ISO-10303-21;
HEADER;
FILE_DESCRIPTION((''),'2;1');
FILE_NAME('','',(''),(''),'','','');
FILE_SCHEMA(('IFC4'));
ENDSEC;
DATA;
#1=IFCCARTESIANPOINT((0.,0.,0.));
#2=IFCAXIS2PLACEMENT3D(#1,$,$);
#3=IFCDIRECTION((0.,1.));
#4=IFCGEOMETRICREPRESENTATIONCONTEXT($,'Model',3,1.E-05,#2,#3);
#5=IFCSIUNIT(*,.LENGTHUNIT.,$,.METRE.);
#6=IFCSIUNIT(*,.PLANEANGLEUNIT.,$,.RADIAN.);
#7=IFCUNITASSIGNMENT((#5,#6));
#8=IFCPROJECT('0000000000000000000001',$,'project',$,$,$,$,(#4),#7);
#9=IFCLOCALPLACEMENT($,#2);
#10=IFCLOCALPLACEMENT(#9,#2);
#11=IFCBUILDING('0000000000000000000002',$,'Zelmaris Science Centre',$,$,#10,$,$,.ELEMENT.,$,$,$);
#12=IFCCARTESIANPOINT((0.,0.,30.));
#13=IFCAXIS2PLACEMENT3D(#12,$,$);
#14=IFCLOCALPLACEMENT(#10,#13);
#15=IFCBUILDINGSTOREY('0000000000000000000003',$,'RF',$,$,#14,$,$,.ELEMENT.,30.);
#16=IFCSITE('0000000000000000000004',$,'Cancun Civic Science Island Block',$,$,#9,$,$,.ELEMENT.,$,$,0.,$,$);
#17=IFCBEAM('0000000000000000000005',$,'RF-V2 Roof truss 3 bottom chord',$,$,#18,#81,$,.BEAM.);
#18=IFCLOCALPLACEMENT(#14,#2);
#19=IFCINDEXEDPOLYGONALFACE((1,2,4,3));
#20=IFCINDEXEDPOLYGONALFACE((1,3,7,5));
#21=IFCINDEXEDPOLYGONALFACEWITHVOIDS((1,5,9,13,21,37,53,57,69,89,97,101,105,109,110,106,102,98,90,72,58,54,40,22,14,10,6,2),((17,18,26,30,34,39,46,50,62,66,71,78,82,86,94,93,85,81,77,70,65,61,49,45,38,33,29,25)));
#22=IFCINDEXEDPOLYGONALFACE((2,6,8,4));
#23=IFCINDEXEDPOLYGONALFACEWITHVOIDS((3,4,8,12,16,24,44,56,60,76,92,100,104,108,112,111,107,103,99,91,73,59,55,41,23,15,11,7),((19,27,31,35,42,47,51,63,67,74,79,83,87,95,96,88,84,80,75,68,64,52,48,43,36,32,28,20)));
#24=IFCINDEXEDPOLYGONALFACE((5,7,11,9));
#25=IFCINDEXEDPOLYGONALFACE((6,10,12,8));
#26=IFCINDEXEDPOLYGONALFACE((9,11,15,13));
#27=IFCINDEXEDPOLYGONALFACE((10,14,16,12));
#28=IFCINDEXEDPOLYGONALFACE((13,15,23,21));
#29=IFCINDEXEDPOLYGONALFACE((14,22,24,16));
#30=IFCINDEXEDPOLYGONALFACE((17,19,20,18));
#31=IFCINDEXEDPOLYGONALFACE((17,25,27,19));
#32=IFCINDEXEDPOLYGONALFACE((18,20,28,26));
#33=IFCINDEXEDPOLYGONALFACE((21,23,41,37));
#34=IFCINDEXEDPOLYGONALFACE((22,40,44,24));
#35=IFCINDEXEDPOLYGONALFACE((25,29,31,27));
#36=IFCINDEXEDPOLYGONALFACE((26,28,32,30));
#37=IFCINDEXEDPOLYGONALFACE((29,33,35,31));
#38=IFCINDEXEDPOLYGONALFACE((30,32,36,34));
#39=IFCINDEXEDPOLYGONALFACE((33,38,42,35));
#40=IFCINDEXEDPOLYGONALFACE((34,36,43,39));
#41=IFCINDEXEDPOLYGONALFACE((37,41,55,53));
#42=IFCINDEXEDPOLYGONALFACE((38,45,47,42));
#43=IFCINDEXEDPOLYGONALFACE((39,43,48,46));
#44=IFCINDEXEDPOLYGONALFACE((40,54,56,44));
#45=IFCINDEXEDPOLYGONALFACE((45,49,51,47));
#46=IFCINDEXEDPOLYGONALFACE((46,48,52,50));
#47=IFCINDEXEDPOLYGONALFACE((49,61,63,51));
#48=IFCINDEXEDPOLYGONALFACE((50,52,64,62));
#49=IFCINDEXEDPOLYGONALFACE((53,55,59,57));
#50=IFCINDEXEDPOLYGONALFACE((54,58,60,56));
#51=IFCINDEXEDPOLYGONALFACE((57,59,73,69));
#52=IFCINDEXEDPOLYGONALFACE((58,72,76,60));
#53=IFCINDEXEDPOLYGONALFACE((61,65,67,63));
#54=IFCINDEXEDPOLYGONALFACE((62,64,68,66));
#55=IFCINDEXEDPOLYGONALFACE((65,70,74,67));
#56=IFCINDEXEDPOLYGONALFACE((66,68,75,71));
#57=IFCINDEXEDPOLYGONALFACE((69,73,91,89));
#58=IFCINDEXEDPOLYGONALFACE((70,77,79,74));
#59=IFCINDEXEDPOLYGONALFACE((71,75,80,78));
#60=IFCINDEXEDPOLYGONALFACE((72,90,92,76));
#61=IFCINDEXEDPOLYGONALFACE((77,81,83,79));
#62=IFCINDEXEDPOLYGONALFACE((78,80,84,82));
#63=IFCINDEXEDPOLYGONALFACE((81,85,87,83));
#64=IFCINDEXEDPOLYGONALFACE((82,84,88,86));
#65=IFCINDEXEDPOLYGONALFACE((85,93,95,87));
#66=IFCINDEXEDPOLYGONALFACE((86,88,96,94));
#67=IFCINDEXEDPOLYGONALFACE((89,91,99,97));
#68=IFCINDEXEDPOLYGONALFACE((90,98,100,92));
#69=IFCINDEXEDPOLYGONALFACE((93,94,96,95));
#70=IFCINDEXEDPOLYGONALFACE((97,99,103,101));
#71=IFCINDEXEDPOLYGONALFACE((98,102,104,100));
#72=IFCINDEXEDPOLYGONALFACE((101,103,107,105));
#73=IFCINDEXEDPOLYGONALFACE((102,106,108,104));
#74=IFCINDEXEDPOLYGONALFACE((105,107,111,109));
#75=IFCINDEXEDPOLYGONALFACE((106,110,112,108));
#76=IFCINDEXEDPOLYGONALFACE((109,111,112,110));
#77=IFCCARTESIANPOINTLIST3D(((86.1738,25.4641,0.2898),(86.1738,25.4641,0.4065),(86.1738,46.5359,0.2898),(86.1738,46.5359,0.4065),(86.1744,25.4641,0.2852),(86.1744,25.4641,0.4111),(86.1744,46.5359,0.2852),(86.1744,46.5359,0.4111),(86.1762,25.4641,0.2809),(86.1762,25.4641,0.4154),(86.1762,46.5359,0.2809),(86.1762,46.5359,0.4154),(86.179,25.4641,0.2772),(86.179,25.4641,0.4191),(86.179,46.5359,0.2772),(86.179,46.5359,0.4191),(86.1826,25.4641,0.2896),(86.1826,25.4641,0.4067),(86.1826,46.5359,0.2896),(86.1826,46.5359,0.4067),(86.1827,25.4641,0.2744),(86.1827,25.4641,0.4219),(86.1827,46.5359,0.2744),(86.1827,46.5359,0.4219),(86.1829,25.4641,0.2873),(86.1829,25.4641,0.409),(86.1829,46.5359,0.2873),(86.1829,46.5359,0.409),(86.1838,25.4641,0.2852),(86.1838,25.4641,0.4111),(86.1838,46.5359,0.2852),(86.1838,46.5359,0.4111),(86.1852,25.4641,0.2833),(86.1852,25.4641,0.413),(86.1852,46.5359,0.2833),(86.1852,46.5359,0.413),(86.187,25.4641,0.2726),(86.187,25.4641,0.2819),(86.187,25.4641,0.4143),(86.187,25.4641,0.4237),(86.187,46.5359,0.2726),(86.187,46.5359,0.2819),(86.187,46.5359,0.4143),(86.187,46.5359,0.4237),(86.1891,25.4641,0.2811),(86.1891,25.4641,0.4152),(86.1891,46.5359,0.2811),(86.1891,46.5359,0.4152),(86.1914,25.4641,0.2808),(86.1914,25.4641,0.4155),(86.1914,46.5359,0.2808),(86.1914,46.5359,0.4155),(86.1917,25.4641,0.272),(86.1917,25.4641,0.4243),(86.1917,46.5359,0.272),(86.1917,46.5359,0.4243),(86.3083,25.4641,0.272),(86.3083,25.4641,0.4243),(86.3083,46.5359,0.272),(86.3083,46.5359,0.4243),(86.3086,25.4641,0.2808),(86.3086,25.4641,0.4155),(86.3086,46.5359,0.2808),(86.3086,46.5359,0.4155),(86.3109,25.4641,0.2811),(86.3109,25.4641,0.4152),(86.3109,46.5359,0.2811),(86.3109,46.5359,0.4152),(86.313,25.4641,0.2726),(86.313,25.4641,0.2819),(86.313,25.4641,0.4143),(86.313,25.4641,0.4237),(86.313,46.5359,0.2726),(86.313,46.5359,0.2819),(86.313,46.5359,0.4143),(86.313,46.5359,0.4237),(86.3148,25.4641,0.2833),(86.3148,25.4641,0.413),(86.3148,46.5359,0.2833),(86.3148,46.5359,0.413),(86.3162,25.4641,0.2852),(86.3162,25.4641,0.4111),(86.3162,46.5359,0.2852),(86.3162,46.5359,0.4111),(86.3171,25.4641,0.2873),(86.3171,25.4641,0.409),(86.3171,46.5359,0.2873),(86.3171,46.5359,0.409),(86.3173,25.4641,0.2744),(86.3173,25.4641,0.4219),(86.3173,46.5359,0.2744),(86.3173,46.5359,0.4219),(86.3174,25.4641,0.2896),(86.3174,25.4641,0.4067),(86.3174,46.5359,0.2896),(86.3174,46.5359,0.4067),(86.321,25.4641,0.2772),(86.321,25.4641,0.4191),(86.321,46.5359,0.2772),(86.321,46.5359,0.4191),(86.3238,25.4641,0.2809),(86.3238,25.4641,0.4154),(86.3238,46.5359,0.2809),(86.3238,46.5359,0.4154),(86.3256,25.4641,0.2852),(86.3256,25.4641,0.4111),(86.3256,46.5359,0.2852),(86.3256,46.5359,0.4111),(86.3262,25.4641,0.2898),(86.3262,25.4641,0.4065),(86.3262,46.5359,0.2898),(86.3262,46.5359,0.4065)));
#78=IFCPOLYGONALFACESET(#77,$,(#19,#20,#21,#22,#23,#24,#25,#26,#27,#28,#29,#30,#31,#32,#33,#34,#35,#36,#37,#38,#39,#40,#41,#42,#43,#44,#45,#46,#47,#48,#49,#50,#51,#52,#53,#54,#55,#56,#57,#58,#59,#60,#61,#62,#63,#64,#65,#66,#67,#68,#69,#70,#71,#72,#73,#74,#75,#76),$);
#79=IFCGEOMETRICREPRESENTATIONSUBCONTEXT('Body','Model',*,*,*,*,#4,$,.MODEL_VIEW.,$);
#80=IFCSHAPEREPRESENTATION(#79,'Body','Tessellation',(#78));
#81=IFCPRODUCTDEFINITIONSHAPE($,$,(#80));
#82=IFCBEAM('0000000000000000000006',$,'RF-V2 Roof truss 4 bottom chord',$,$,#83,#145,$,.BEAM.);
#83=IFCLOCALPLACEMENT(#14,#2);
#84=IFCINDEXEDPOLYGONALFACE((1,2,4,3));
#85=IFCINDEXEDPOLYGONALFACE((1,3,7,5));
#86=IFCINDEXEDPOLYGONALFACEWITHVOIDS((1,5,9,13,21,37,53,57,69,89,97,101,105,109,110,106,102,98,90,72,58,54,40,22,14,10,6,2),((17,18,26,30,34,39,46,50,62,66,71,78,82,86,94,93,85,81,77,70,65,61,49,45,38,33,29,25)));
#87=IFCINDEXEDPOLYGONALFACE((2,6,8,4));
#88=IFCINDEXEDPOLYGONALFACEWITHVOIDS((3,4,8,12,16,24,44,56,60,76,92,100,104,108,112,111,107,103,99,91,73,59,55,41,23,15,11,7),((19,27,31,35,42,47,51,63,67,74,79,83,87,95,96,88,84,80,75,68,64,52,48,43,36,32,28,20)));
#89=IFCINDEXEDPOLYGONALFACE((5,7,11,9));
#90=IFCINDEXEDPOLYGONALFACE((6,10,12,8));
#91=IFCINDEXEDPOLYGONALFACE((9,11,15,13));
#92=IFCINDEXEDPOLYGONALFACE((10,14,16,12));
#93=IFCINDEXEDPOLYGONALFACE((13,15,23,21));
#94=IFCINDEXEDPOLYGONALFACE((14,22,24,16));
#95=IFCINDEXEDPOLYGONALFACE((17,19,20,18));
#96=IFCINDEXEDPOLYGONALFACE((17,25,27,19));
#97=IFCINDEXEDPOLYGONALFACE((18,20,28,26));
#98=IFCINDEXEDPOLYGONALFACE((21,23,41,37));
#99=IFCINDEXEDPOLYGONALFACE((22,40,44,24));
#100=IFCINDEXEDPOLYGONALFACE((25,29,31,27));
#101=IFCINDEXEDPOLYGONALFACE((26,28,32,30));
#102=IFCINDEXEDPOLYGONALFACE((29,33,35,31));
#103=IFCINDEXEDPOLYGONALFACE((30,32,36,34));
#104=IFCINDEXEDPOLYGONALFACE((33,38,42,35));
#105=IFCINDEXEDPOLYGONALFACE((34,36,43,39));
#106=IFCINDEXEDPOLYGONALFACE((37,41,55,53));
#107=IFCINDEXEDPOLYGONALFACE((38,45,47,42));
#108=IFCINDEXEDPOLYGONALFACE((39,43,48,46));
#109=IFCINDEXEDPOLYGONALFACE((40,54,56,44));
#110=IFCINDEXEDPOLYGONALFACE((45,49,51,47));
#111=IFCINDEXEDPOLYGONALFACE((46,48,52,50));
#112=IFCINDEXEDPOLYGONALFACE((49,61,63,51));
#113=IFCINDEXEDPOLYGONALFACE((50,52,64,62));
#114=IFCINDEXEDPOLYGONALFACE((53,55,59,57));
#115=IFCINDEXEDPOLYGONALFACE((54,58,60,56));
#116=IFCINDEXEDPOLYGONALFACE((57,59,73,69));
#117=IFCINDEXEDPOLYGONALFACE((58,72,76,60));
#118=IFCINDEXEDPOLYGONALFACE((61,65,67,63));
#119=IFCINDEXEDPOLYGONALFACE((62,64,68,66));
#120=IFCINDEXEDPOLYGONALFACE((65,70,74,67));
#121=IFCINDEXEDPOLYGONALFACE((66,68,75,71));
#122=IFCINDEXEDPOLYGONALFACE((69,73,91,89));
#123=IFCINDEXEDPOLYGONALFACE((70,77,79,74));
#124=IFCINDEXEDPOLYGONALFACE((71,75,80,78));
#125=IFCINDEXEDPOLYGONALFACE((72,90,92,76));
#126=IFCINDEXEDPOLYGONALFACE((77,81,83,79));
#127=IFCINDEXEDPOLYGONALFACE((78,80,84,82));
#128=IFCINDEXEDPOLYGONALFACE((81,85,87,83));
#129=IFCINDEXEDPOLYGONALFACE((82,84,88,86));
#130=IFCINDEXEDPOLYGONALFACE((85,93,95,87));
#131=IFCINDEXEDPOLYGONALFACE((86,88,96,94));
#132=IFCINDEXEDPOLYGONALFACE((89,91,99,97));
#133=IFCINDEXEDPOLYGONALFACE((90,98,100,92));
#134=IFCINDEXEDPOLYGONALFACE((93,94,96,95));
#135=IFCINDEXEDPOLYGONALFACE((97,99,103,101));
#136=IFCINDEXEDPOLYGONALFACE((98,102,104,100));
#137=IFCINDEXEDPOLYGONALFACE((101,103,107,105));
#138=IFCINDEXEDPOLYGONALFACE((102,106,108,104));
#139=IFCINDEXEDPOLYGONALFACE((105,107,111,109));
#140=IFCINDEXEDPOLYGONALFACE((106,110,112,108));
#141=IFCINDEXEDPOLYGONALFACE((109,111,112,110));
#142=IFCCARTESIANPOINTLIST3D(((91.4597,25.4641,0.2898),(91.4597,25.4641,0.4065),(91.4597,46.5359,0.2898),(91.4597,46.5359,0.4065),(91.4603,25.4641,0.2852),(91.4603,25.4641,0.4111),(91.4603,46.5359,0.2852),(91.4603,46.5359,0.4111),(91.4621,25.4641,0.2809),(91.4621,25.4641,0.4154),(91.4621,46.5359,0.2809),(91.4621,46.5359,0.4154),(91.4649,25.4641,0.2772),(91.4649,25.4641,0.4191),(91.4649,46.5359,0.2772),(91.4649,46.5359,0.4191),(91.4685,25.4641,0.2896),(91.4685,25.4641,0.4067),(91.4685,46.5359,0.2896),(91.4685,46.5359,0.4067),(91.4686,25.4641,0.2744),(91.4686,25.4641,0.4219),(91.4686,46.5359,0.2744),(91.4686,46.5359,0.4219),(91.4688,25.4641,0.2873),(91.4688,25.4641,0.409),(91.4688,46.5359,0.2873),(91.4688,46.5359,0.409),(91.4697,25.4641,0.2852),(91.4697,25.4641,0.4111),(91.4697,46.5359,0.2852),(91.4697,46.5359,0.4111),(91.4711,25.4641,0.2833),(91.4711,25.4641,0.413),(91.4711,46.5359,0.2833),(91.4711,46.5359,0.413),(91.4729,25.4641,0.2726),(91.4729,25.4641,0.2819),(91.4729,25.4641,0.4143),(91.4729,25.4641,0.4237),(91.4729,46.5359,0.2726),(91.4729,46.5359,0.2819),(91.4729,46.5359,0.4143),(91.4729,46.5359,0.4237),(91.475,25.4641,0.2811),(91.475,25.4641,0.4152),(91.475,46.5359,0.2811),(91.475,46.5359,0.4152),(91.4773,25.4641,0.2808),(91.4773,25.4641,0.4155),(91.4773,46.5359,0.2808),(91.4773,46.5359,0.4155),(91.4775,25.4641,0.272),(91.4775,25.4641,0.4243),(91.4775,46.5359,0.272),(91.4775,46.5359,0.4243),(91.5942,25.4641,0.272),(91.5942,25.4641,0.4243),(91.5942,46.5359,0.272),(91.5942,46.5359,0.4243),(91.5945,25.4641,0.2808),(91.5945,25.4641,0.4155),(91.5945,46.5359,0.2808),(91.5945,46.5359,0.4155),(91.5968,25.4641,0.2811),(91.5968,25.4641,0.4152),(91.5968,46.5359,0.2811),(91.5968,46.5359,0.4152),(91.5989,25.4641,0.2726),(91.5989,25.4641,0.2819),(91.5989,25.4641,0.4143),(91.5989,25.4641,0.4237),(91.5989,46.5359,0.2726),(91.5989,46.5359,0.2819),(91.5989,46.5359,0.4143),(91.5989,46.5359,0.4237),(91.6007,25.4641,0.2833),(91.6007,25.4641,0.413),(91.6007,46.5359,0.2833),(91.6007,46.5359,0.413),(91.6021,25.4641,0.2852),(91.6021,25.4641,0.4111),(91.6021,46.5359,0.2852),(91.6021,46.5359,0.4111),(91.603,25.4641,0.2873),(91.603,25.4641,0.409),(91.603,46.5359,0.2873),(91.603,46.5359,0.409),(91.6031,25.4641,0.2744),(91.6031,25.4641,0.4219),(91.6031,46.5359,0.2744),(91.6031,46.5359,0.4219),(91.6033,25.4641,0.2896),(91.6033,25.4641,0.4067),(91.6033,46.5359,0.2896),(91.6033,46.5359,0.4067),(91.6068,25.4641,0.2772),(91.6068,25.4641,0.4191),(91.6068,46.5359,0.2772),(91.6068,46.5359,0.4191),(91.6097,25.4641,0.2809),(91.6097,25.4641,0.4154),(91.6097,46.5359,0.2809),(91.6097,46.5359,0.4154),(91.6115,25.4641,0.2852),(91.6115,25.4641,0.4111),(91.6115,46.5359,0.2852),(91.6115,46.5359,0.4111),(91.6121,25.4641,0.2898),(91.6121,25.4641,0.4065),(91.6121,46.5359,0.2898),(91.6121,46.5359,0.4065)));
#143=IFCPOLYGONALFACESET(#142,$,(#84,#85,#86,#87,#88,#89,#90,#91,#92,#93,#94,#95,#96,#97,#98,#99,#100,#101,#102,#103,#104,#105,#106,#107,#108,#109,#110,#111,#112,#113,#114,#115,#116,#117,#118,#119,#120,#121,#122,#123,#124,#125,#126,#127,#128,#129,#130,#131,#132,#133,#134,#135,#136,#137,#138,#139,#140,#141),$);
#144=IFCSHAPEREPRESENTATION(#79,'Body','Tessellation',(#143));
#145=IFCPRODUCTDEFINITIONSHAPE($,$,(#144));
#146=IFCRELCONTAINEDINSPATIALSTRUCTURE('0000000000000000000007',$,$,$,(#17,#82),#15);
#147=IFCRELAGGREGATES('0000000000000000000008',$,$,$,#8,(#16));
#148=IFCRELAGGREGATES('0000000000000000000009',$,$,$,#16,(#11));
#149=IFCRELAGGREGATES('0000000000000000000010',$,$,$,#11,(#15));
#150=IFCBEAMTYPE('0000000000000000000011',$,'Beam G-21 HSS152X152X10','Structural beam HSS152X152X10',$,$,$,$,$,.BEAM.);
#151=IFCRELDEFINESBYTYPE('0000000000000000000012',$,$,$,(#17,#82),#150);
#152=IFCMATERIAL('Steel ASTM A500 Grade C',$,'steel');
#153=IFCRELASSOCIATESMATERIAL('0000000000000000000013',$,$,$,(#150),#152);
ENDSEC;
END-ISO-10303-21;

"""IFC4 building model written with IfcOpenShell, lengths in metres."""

from ifc_helpers import new_model, si_unit, direction, frame, origin, origin_2d, place, context, subcontext, project, spatial, hollow_rectangle, extrude, material, material_profile, profile_set, type_object, element, save


model = new_model("IFC4")

# Units and contexts
model_context = context("Model", 3, precision=1e-05, world=origin(), true_north=direction((0.0, 1.0)))
body_context = subcontext(model_context, "Body", "Model", "MODEL_VIEW")
ifc_project = project(units=[si_unit("LENGTHUNIT", "METRE"), si_unit("PLANEANGLEUNIT", "RADIAN")], contexts=[model_context])

# Site, building, storey
site_placement = place(None, origin())
site = spatial("IfcSite", under=ifc_project, at=site_placement, Name="Cancun Civic Science Island Block", CompositionType="ELEMENT", RefElevation=0.0)
building_placement = place(site_placement, origin())
building = spatial("IfcBuilding", under=site, at=building_placement, Name="Zelmaris Science Centre", CompositionType="ELEMENT")
storey_placement = place(building_placement, frame((0.0, 0.0, 30.0)))
storey = spatial("IfcBuildingStorey", under=building, at=storey_placement, Name="RF", CompositionType="ELEMENT", Elevation=30.0)

# Beams
ifc_material_1 = material(Name="Steel ASTM A500 Grade C", Category="steel")
ifc_material_profile_1 = material_profile(ifc_material_1, hollow_rectangle(XDim=0.1523, YDim=0.1523, WallThickness=0.0088, InnerFilletRadius=0.0088, OuterFilletRadius=0.0178, at=origin_2d()), Name="HSS152X152X10")
ifc_profile_set_1 = profile_set([ifc_material_profile_1], Name="Steel ASTM A500 Grade C")
beam_type_1 = type_object("IfcBeamType", Name="Beam G-21 HSS152X152X10", Description="Structural beam HSS152X152X10", PredefinedType="BEAM", material=ifc_profile_set_1)
for number, where, z_axis, x_axis, name in (
    (1, (86.25, 25.4641, 0.3481), (0.0, 1.0, 0.0), (-1.0, 0.0, 0.0), "RF-V2 Roof truss 3 bottom chord"),
    (2, (91.5359, 25.4641, 0.3481), (0.0, 1.0, 0.0), (-1.0, 0.0, 0.0), "RF-V2 Roof truss 4 bottom chord"),
):
    element("IfcBeam", number, at=place(storey_placement, frame(where, z_axis=z_axis, x_axis=x_axis)), inside=storey, type_object=beam_type_1, Name=name, PredefinedType="BEAM", context=body_context, shape_type="SweptSolid", body=[
        extrude(hollow_rectangle(XDim=0.1523, YDim=0.1523, WallThickness=0.0088, InnerFilletRadius=0.0088, OuterFilletRadius=0.0178, at=origin_2d()), origin(), (0.0, 0.0, 1.0), 21.0718),
    ])

save(model, "model.ifc")
